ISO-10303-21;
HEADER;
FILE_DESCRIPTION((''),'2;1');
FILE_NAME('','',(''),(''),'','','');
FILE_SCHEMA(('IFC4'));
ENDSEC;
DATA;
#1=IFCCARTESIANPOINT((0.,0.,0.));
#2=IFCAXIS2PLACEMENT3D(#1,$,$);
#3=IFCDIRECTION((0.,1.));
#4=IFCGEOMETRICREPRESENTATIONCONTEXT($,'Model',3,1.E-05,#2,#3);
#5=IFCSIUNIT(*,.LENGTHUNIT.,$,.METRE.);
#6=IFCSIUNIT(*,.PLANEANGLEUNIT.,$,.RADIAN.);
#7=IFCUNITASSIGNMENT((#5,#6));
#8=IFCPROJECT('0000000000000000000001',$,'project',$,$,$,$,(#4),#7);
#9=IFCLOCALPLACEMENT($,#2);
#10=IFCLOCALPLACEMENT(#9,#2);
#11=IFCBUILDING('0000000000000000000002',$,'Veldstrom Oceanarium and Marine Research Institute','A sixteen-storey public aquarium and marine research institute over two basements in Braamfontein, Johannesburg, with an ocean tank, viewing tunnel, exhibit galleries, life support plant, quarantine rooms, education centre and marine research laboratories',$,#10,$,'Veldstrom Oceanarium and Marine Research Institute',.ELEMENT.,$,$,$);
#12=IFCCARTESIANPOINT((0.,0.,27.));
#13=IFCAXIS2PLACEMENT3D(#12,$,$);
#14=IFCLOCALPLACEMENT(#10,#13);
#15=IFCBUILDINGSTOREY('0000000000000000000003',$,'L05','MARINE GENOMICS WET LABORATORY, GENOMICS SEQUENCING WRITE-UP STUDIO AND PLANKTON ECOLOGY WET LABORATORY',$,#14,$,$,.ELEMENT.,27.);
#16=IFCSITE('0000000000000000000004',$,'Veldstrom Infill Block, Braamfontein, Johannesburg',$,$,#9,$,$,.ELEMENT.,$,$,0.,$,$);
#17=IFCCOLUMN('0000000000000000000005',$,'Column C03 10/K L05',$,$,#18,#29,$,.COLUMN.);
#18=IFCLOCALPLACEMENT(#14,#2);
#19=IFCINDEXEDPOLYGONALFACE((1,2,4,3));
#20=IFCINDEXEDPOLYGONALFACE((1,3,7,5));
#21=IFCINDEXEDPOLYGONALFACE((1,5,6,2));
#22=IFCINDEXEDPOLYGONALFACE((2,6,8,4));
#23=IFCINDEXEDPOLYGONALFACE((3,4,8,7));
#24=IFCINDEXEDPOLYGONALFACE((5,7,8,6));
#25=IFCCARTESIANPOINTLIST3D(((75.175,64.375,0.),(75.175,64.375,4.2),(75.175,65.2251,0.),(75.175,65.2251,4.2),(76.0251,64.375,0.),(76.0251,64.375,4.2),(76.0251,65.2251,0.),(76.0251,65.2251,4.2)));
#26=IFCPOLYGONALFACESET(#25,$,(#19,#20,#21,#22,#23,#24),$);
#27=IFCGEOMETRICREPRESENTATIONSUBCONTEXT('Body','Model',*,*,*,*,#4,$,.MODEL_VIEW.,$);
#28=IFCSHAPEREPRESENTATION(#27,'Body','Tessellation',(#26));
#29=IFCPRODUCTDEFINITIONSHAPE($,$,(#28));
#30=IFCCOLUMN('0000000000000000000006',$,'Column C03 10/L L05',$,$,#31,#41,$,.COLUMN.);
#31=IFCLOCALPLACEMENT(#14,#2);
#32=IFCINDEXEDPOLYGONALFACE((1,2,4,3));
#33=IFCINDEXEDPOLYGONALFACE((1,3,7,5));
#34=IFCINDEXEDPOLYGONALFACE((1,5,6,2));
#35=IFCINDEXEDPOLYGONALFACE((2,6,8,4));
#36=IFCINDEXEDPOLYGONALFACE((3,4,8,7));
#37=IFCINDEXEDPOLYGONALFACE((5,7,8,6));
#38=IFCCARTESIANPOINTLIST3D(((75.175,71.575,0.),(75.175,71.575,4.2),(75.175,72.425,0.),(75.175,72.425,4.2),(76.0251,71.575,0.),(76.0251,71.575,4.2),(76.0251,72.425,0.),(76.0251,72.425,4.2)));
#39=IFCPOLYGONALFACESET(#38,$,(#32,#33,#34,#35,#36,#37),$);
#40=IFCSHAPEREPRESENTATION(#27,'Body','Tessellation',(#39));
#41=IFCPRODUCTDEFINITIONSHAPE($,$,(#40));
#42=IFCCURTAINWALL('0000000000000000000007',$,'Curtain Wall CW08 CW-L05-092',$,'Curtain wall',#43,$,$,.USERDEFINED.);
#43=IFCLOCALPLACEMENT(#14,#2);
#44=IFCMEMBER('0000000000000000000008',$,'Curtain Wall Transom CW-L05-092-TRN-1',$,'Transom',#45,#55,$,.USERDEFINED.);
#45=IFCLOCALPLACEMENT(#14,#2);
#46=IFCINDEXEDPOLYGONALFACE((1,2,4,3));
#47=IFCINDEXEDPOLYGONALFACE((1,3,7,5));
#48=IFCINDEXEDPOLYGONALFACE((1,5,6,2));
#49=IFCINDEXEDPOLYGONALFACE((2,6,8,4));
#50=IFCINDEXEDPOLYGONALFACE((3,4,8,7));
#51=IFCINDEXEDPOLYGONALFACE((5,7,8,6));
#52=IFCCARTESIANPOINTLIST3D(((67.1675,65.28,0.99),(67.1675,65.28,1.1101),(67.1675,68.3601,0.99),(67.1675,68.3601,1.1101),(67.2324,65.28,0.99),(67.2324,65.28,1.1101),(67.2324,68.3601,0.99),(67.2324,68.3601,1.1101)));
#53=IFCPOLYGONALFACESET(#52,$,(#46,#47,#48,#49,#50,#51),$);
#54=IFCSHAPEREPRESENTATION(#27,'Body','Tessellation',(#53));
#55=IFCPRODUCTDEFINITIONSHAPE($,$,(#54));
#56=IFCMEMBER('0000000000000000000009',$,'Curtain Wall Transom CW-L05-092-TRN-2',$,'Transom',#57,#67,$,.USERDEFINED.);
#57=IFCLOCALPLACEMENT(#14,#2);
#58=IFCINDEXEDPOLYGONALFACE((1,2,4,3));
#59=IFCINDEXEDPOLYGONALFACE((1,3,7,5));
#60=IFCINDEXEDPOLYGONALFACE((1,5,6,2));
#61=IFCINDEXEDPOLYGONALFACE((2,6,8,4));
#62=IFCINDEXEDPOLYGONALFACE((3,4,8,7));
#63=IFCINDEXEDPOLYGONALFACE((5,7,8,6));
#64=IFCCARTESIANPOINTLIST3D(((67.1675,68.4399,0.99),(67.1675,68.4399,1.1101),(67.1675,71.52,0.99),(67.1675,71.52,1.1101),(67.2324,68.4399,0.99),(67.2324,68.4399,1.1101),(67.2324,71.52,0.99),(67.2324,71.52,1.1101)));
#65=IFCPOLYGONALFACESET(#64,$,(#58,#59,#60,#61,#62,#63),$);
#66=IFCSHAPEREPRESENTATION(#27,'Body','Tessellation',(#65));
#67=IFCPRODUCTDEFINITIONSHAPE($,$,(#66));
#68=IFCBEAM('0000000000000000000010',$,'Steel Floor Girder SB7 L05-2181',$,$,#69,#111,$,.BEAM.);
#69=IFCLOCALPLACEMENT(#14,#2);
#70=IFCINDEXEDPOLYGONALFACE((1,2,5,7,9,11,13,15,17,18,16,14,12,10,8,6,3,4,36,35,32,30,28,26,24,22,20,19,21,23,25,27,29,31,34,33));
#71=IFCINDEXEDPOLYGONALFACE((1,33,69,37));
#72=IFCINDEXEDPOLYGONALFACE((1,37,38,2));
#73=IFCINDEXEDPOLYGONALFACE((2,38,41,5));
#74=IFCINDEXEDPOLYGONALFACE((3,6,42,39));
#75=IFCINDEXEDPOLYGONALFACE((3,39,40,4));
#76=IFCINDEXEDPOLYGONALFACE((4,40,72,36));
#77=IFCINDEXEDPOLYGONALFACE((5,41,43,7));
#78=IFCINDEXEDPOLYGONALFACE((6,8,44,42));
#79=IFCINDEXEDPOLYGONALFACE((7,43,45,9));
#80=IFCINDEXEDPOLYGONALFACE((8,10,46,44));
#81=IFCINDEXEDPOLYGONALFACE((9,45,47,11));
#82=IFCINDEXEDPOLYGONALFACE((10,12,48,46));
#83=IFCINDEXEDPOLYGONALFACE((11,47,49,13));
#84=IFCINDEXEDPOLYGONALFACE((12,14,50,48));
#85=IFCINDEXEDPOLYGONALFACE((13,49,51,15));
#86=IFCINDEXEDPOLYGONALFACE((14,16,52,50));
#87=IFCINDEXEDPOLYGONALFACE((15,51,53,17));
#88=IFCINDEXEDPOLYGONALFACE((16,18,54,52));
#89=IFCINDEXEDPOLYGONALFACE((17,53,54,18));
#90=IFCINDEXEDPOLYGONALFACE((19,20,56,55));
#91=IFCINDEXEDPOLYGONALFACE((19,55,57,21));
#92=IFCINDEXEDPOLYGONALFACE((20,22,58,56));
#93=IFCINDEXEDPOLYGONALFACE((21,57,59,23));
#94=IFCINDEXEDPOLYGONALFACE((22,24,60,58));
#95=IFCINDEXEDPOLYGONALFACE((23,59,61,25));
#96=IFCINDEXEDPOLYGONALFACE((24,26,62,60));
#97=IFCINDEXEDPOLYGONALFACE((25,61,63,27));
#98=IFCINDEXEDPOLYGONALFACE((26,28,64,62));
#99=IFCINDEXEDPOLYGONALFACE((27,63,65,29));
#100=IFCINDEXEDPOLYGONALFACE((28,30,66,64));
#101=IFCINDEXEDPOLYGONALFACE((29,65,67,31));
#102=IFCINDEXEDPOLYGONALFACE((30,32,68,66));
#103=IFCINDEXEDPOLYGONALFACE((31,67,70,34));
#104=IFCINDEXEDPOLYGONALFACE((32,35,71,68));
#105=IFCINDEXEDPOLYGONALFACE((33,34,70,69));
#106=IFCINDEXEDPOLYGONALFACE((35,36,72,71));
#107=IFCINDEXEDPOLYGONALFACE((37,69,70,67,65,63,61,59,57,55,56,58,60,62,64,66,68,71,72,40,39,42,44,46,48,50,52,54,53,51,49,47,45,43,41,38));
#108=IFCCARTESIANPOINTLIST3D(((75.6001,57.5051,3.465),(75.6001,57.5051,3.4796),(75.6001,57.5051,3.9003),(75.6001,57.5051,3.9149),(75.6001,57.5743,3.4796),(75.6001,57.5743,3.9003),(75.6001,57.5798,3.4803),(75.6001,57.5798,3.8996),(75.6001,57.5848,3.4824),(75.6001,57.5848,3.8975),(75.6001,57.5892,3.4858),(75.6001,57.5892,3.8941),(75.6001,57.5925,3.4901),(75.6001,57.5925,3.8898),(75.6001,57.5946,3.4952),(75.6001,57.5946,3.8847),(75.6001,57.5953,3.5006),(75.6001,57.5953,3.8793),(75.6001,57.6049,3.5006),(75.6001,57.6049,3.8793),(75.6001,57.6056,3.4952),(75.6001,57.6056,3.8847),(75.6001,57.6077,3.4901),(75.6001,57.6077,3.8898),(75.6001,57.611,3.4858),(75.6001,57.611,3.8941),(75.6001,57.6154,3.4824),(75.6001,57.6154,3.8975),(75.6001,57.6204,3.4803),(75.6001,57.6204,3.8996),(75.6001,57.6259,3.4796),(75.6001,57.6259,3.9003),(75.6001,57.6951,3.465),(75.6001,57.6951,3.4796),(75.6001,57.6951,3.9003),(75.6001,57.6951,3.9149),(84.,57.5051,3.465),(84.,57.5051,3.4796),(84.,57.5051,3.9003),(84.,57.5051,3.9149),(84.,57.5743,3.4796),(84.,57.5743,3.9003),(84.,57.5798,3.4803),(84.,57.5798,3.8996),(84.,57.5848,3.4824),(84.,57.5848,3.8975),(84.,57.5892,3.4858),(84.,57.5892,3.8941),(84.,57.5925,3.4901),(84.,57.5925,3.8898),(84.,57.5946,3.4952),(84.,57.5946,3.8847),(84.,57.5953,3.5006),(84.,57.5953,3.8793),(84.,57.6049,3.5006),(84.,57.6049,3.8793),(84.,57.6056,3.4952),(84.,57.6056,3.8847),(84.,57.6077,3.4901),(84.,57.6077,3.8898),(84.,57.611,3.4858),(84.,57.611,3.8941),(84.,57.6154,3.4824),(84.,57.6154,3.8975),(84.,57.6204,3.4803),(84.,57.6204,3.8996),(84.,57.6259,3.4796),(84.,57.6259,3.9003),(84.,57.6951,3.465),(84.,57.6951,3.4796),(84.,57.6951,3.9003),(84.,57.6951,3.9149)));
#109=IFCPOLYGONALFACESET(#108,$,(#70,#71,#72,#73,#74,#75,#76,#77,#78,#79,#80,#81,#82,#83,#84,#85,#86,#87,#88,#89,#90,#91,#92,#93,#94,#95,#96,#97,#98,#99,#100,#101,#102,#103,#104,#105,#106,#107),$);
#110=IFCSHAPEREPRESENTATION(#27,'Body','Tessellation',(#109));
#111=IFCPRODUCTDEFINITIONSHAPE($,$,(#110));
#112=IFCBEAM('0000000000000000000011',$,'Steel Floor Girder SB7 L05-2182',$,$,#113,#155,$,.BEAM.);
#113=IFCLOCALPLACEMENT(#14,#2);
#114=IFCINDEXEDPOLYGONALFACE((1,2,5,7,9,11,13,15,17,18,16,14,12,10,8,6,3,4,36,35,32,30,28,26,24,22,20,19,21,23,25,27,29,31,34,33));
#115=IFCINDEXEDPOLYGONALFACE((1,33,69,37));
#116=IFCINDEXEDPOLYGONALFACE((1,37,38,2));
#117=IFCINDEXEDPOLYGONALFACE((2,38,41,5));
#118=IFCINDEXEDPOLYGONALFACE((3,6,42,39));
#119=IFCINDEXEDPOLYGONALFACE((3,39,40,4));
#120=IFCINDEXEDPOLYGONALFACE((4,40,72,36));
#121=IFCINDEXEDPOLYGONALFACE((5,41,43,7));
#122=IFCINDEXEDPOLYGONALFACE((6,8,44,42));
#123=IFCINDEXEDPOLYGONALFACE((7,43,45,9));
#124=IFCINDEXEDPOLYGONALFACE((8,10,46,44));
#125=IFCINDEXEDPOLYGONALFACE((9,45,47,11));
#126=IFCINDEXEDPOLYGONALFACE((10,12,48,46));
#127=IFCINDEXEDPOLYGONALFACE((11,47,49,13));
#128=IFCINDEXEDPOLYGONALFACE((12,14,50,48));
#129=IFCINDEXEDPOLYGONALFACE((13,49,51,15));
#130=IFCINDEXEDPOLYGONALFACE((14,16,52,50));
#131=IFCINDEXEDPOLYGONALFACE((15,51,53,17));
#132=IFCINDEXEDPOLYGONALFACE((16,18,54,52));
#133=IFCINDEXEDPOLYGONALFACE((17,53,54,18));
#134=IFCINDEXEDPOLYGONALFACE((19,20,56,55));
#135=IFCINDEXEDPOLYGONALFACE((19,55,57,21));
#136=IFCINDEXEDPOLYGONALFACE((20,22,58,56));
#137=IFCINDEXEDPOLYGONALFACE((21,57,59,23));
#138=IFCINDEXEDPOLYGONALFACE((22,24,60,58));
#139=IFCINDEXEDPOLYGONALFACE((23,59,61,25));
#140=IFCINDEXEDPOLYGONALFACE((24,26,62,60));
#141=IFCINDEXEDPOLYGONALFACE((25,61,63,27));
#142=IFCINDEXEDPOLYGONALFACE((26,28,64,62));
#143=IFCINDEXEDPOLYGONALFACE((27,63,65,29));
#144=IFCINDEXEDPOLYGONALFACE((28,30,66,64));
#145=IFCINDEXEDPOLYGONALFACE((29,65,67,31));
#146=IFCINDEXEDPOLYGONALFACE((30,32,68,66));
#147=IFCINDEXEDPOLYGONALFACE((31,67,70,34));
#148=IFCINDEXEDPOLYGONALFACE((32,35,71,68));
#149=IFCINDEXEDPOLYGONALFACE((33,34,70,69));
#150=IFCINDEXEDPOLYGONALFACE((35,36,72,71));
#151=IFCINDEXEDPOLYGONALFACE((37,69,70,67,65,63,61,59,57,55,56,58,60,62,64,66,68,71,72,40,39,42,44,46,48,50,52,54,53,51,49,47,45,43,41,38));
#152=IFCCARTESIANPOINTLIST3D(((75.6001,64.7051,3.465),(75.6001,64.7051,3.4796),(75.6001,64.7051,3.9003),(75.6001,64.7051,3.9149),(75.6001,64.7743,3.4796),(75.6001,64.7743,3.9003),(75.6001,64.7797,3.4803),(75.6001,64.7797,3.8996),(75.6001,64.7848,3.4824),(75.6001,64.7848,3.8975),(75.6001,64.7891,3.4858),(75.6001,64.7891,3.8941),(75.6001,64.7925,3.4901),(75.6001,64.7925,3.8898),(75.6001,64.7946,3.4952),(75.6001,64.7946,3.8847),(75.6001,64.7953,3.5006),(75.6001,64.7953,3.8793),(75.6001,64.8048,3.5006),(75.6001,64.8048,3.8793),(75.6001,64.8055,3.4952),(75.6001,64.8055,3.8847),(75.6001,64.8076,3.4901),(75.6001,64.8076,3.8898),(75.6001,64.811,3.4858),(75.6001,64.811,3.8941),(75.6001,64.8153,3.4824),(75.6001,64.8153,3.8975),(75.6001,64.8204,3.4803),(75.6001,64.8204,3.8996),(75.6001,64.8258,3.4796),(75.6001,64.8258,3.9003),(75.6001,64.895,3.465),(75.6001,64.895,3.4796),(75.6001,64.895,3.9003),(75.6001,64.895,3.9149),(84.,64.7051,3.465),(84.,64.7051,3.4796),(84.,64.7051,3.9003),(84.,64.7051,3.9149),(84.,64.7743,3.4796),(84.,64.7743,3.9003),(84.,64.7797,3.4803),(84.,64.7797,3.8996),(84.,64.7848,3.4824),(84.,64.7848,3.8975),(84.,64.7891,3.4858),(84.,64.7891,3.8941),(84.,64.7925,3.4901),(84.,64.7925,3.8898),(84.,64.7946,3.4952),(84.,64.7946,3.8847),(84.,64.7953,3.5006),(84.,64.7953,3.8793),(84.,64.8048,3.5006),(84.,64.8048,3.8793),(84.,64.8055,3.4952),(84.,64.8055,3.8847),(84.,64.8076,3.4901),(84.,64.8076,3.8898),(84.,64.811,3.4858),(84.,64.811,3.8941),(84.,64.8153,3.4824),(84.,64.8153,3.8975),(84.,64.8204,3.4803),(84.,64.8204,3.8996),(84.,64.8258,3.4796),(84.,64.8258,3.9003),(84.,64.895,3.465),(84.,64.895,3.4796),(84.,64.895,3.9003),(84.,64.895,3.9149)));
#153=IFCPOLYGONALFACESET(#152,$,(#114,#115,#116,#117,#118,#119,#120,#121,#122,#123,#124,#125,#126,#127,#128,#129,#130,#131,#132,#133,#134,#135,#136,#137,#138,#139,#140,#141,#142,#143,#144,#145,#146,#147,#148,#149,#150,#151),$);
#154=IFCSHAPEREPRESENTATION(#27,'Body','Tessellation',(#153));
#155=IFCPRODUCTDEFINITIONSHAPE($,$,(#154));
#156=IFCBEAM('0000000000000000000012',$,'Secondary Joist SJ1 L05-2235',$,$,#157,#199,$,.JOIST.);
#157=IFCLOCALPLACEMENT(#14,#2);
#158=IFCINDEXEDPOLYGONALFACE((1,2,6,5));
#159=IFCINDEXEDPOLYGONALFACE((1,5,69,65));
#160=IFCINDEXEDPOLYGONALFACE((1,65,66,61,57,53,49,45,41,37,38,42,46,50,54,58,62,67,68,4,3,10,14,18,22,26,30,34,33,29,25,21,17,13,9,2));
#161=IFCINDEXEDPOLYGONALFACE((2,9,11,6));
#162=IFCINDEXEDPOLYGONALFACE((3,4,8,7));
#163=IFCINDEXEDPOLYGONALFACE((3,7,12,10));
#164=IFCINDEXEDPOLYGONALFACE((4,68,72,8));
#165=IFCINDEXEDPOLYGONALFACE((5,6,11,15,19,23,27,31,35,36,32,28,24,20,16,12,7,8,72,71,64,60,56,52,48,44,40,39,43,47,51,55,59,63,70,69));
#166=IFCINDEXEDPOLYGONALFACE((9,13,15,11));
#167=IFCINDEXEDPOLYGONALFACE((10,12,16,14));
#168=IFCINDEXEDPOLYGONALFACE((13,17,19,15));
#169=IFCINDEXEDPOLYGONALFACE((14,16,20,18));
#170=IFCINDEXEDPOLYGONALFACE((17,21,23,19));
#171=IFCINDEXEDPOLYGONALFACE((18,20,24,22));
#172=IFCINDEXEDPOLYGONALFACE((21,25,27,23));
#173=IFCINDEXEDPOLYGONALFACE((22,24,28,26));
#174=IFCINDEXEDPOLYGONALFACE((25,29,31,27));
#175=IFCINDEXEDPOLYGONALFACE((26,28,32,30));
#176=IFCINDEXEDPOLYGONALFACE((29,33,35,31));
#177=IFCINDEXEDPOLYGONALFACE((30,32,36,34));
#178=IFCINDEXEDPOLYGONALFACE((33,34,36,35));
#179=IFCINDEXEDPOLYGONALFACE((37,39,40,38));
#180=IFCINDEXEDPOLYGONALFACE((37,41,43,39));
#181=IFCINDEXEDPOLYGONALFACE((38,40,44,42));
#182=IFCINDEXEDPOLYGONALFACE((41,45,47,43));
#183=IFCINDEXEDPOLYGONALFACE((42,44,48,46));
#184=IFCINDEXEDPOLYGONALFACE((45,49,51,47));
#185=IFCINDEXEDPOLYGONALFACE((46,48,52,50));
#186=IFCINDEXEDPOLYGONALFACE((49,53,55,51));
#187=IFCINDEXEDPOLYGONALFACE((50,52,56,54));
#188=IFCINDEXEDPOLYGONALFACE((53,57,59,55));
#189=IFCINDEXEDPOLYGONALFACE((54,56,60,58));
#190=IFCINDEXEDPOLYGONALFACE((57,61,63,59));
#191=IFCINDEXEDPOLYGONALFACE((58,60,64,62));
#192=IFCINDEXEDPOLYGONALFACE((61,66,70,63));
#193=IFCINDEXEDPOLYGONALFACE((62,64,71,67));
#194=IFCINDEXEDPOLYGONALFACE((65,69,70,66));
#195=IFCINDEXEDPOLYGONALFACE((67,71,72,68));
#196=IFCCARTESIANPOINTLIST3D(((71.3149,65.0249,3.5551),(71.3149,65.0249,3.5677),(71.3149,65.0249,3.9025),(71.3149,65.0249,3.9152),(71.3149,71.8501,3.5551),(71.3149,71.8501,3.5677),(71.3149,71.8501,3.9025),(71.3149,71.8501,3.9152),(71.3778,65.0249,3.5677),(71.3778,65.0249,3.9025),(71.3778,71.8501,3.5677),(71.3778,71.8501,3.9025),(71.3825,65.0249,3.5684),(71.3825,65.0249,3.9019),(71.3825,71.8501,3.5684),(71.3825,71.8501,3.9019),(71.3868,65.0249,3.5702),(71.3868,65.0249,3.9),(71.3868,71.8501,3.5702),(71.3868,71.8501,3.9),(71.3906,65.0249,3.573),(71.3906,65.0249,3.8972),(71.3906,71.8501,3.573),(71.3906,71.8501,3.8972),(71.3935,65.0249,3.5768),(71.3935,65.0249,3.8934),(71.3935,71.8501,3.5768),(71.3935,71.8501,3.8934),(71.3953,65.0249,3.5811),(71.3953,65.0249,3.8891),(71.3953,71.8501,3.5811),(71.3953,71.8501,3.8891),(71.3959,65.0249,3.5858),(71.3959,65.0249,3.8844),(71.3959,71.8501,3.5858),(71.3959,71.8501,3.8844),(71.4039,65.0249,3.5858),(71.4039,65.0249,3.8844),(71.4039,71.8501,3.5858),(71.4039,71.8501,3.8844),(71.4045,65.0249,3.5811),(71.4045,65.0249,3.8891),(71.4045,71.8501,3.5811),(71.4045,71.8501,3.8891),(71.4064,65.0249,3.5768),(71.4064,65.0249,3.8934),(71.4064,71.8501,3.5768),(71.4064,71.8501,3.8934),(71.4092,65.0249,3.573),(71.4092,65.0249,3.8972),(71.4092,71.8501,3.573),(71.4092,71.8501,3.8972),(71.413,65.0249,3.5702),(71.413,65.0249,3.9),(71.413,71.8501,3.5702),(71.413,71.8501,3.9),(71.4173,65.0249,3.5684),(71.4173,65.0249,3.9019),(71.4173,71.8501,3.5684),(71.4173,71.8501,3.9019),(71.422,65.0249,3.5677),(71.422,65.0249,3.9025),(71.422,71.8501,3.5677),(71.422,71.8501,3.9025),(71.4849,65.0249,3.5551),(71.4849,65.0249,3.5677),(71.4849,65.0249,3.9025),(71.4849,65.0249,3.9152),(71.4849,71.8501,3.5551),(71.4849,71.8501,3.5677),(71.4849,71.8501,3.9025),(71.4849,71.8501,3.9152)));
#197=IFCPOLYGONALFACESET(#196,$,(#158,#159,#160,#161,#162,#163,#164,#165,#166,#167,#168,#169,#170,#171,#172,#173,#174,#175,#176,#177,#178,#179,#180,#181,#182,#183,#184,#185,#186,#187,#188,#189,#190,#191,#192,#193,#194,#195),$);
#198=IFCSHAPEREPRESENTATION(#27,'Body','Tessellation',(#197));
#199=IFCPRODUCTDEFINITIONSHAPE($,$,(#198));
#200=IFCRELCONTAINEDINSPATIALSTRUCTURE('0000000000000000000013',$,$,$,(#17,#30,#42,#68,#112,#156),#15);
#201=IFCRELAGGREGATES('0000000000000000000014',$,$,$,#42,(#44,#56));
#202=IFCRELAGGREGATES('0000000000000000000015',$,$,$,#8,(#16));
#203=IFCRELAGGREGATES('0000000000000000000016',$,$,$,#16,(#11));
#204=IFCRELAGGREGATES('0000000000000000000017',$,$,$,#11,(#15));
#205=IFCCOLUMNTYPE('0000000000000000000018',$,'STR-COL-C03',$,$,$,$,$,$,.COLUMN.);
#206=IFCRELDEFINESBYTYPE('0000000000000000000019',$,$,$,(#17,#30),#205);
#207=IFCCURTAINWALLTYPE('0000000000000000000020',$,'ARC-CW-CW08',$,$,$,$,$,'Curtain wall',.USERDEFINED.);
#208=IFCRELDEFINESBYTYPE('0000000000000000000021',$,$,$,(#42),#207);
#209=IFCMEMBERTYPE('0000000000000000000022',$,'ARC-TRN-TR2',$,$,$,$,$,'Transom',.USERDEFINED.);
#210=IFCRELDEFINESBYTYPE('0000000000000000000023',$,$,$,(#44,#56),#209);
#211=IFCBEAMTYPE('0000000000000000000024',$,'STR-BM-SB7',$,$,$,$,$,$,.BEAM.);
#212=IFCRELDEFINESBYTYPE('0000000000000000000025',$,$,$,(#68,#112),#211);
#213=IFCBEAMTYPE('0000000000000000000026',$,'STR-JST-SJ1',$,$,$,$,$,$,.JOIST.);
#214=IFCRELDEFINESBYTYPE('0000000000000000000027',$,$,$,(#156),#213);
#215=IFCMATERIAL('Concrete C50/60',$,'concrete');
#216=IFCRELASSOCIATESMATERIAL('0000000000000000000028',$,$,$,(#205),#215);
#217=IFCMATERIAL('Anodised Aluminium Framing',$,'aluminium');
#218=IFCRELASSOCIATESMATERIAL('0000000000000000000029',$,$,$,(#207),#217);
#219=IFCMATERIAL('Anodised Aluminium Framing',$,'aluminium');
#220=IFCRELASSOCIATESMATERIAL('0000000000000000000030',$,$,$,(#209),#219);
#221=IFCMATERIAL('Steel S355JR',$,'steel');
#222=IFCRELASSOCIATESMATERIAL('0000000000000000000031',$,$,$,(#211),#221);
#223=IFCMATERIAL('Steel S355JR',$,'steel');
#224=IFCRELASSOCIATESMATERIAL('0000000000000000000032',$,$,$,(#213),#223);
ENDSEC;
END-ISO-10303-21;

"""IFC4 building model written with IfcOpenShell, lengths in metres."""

from ifc_helpers import new_model, si_unit, direction, frame, origin, origin_2d, place, context, subcontext, project, spatial, rectangle, i_section, extrude, material, material_profile, profile_set, type_object, element, aggregate, save


model = new_model("IFC4")

# Units and contexts
model_context = context("Model", 3, precision=1e-05, world=origin(), true_north=direction((0.0, 1.0)))
body_context = subcontext(model_context, "Body", "Model", "MODEL_VIEW")
ifc_project = project(units=[si_unit("LENGTHUNIT", "METRE"), si_unit("PLANEANGLEUNIT", "RADIAN")], contexts=[model_context])

# Site, building, storey
site_placement = place(None, origin())
site = spatial("IfcSite", under=ifc_project, at=site_placement, Name="Veldstrom Infill Block, Braamfontein, Johannesburg", CompositionType="ELEMENT", RefElevation=0.0)
building_placement = place(site_placement, origin())
building = spatial("IfcBuilding", under=site, at=building_placement, Name="Veldstrom Oceanarium and Marine Research Institute", Description="A sixteen-storey public aquarium and marine research institute over two basements in Braamfontein, Johannesburg, with an ocean tank, viewing tunnel, exhibit galleries, life support plant, quarantine rooms, education centre and marine research laboratories", LongName="Veldstrom Oceanarium and Marine Research Institute", CompositionType="ELEMENT")
storey_placement = place(building_placement, frame((0.0, 0.0, 27.0)))
storey = spatial("IfcBuildingStorey", under=building, at=storey_placement, Name="L05", Description="MARINE GENOMICS WET LABORATORY, GENOMICS SEQUENCING WRITE-UP STUDIO AND PLANKTON ECOLOGY WET LABORATORY", CompositionType="ELEMENT", Elevation=27.0)

# Columns
ifc_material_1 = material(Name="Concrete C50/60", Category="concrete")
ifc_material_profile_1 = material_profile(ifc_material_1, rectangle(XDim=0.8501, YDim=0.8501, at=origin_2d()), Name="RC-COL-850x850")
ifc_profile_set_1 = profile_set([ifc_material_profile_1], Name="Concrete C50/60")
column_type = type_object("IfcColumnType", Name="STR-COL-C03", PredefinedType="COLUMN", material=ifc_profile_set_1)
for number, where, z_axis, x_axis, name in (
    (1, (75.6001, 64.8, 0.0), (0.0, 0.0, 1.0), (1.0, 0.0, 0.0), "Column C03 10/K L05"),
    (2, (75.6001, 72.0, 0.0), (0.0, 0.0, 1.0), (1.0, 0.0, 0.0), "Column C03 10/L L05"),
):
    element("IfcColumn", number, at=place(storey_placement, frame(where, z_axis=z_axis, x_axis=x_axis)), inside=storey, type_object=column_type, Name=name, PredefinedType="COLUMN", context=body_context, shape_type="SweptSolid", body=[
        extrude(rectangle(XDim=0.8501, YDim=0.8501, at=origin_2d()), origin(), (0.0, 0.0, 1.0), 4.2),
    ])

# Curtain wall, members
ifc_material_2 = material(Name="Anodised Aluminium Framing", Category="aluminium")
curtain_wall_type = type_object("IfcCurtainWallType", Name="ARC-CW-CW08", ElementType="Curtain wall", PredefinedType="USERDEFINED", material=ifc_material_2)
curtain_wall_placement = place(storey_placement, origin())
curtain_wall = element("IfcCurtainWall", 3, at=curtain_wall_placement, inside=storey, type_object=curtain_wall_type, Name="Curtain Wall CW08 CW-L05-092", ObjectType="Curtain wall", PredefinedType="USERDEFINED")
ifc_material_3 = material(Name="Anodised Aluminium Framing", Category="aluminium")
ifc_material_profile_2 = material_profile(ifc_material_3, rectangle(XDim=0.0649, YDim=0.1201, at=origin_2d()), Name="ALU-TRN-65x120")
ifc_profile_set_2 = profile_set([ifc_material_profile_2], Name="Anodised Aluminium Framing")
member_type = type_object("IfcMemberType", Name="ARC-TRN-TR2", ElementType="Transom", PredefinedType="USERDEFINED", material=ifc_profile_set_2)
member_1_placement = place(storey_placement, frame((67.2, 65.28, 1.05), z_axis=(0.0, 1.0, 0.0), x_axis=(-1.0, 0.0, 0.0)))
member_1 = element("IfcMember", 4, at=member_1_placement, type_object=member_type, Name="Curtain Wall Transom CW-L05-092-TRN-1", ObjectType="Transom", PredefinedType="USERDEFINED", context=body_context, shape_type="SweptSolid", body=[
    extrude(rectangle(XDim=0.0649, YDim=0.1201, at=origin_2d()), origin(), (0.0, 0.0, 1.0), 3.0801),
])
member_2_placement = place(storey_placement, frame((67.2, 68.4399, 1.05), z_axis=(0.0, 1.0, 0.0), x_axis=(-1.0, 0.0, 0.0)))
member_2 = element("IfcMember", 5, at=member_2_placement, type_object=member_type, Name="Curtain Wall Transom CW-L05-092-TRN-2", ObjectType="Transom", PredefinedType="USERDEFINED", context=body_context, shape_type="SweptSolid", body=[
    extrude(rectangle(XDim=0.0649, YDim=0.1201, at=origin_2d()), origin(), (0.0, 0.0, 1.0), 3.0801),
])

# Beams
ifc_material_4 = material(Name="Steel S355JR", Category="steel")
ifc_material_profile_3 = material_profile(ifc_material_4, i_section(OverallWidth=0.1899, OverallDepth=0.45, WebThickness=0.0095, FlangeThickness=0.0146, FilletRadius=0.021, at=origin_2d()), Name="IPE 450")
ifc_profile_set_3 = profile_set([ifc_material_profile_3], Name="Steel S355JR")
beam_type_1 = type_object("IfcBeamType", Name="STR-BM-SB7", PredefinedType="BEAM", material=ifc_profile_set_3)
for number, where, z_axis, x_axis, name in (
    (6, (75.6001, 57.6001, 3.6899), (1.0, 0.0, 0.0), (0.0, 1.0, 0.0), "Steel Floor Girder SB7 L05-2181"),
    (7, (75.6001, 64.8, 3.6899), (1.0, 0.0, 0.0), (0.0, 1.0, 0.0), "Steel Floor Girder SB7 L05-2182"),
):
    element("IfcBeam", number, at=place(storey_placement, frame(where, z_axis=z_axis, x_axis=x_axis)), inside=storey, type_object=beam_type_1, Name=name, PredefinedType="BEAM", context=body_context, shape_type="SweptSolid", body=[
        extrude(i_section(OverallWidth=0.1899, OverallDepth=0.45, WebThickness=0.0095, FlangeThickness=0.0146, FilletRadius=0.021, at=origin_2d()), origin(), (0.0, 0.0, 1.0), 8.3999),
    ])
ifc_material_5 = material(Name="Steel S355JR", Category="steel")
ifc_material_profile_4 = material_profile(ifc_material_5, i_section(OverallWidth=0.1699, OverallDepth=0.3601, WebThickness=0.0081, FlangeThickness=0.0127, FilletRadius=0.0181, at=origin_2d()), Name="IPE 360")
ifc_profile_set_4 = profile_set([ifc_material_profile_4], Name="Steel S355JR")
beam_type_2 = type_object("IfcBeamType", Name="STR-JST-SJ1", PredefinedType="JOIST", material=ifc_profile_set_4)
beam_1_placement = place(storey_placement, frame((71.3999, 65.0249, 3.7351), z_axis=(0.0, 1.0, 0.0), x_axis=(-1.0, 0.0, 0.0)))
element("IfcBeam", 8, at=beam_1_placement, inside=storey, type_object=beam_type_2, Name="Secondary Joist SJ1 L05-2235", PredefinedType="JOIST", context=body_context, shape_type="SweptSolid", body=[
    extrude(i_section(OverallWidth=0.1699, OverallDepth=0.3601, WebThickness=0.0081, FlangeThickness=0.0127, FilletRadius=0.0181, at=origin_2d()), origin(), (0.0, 0.0, 1.0), 6.8252),
])

aggregate(curtain_wall, [member_1, member_2])

save(model, "model.ifc")
